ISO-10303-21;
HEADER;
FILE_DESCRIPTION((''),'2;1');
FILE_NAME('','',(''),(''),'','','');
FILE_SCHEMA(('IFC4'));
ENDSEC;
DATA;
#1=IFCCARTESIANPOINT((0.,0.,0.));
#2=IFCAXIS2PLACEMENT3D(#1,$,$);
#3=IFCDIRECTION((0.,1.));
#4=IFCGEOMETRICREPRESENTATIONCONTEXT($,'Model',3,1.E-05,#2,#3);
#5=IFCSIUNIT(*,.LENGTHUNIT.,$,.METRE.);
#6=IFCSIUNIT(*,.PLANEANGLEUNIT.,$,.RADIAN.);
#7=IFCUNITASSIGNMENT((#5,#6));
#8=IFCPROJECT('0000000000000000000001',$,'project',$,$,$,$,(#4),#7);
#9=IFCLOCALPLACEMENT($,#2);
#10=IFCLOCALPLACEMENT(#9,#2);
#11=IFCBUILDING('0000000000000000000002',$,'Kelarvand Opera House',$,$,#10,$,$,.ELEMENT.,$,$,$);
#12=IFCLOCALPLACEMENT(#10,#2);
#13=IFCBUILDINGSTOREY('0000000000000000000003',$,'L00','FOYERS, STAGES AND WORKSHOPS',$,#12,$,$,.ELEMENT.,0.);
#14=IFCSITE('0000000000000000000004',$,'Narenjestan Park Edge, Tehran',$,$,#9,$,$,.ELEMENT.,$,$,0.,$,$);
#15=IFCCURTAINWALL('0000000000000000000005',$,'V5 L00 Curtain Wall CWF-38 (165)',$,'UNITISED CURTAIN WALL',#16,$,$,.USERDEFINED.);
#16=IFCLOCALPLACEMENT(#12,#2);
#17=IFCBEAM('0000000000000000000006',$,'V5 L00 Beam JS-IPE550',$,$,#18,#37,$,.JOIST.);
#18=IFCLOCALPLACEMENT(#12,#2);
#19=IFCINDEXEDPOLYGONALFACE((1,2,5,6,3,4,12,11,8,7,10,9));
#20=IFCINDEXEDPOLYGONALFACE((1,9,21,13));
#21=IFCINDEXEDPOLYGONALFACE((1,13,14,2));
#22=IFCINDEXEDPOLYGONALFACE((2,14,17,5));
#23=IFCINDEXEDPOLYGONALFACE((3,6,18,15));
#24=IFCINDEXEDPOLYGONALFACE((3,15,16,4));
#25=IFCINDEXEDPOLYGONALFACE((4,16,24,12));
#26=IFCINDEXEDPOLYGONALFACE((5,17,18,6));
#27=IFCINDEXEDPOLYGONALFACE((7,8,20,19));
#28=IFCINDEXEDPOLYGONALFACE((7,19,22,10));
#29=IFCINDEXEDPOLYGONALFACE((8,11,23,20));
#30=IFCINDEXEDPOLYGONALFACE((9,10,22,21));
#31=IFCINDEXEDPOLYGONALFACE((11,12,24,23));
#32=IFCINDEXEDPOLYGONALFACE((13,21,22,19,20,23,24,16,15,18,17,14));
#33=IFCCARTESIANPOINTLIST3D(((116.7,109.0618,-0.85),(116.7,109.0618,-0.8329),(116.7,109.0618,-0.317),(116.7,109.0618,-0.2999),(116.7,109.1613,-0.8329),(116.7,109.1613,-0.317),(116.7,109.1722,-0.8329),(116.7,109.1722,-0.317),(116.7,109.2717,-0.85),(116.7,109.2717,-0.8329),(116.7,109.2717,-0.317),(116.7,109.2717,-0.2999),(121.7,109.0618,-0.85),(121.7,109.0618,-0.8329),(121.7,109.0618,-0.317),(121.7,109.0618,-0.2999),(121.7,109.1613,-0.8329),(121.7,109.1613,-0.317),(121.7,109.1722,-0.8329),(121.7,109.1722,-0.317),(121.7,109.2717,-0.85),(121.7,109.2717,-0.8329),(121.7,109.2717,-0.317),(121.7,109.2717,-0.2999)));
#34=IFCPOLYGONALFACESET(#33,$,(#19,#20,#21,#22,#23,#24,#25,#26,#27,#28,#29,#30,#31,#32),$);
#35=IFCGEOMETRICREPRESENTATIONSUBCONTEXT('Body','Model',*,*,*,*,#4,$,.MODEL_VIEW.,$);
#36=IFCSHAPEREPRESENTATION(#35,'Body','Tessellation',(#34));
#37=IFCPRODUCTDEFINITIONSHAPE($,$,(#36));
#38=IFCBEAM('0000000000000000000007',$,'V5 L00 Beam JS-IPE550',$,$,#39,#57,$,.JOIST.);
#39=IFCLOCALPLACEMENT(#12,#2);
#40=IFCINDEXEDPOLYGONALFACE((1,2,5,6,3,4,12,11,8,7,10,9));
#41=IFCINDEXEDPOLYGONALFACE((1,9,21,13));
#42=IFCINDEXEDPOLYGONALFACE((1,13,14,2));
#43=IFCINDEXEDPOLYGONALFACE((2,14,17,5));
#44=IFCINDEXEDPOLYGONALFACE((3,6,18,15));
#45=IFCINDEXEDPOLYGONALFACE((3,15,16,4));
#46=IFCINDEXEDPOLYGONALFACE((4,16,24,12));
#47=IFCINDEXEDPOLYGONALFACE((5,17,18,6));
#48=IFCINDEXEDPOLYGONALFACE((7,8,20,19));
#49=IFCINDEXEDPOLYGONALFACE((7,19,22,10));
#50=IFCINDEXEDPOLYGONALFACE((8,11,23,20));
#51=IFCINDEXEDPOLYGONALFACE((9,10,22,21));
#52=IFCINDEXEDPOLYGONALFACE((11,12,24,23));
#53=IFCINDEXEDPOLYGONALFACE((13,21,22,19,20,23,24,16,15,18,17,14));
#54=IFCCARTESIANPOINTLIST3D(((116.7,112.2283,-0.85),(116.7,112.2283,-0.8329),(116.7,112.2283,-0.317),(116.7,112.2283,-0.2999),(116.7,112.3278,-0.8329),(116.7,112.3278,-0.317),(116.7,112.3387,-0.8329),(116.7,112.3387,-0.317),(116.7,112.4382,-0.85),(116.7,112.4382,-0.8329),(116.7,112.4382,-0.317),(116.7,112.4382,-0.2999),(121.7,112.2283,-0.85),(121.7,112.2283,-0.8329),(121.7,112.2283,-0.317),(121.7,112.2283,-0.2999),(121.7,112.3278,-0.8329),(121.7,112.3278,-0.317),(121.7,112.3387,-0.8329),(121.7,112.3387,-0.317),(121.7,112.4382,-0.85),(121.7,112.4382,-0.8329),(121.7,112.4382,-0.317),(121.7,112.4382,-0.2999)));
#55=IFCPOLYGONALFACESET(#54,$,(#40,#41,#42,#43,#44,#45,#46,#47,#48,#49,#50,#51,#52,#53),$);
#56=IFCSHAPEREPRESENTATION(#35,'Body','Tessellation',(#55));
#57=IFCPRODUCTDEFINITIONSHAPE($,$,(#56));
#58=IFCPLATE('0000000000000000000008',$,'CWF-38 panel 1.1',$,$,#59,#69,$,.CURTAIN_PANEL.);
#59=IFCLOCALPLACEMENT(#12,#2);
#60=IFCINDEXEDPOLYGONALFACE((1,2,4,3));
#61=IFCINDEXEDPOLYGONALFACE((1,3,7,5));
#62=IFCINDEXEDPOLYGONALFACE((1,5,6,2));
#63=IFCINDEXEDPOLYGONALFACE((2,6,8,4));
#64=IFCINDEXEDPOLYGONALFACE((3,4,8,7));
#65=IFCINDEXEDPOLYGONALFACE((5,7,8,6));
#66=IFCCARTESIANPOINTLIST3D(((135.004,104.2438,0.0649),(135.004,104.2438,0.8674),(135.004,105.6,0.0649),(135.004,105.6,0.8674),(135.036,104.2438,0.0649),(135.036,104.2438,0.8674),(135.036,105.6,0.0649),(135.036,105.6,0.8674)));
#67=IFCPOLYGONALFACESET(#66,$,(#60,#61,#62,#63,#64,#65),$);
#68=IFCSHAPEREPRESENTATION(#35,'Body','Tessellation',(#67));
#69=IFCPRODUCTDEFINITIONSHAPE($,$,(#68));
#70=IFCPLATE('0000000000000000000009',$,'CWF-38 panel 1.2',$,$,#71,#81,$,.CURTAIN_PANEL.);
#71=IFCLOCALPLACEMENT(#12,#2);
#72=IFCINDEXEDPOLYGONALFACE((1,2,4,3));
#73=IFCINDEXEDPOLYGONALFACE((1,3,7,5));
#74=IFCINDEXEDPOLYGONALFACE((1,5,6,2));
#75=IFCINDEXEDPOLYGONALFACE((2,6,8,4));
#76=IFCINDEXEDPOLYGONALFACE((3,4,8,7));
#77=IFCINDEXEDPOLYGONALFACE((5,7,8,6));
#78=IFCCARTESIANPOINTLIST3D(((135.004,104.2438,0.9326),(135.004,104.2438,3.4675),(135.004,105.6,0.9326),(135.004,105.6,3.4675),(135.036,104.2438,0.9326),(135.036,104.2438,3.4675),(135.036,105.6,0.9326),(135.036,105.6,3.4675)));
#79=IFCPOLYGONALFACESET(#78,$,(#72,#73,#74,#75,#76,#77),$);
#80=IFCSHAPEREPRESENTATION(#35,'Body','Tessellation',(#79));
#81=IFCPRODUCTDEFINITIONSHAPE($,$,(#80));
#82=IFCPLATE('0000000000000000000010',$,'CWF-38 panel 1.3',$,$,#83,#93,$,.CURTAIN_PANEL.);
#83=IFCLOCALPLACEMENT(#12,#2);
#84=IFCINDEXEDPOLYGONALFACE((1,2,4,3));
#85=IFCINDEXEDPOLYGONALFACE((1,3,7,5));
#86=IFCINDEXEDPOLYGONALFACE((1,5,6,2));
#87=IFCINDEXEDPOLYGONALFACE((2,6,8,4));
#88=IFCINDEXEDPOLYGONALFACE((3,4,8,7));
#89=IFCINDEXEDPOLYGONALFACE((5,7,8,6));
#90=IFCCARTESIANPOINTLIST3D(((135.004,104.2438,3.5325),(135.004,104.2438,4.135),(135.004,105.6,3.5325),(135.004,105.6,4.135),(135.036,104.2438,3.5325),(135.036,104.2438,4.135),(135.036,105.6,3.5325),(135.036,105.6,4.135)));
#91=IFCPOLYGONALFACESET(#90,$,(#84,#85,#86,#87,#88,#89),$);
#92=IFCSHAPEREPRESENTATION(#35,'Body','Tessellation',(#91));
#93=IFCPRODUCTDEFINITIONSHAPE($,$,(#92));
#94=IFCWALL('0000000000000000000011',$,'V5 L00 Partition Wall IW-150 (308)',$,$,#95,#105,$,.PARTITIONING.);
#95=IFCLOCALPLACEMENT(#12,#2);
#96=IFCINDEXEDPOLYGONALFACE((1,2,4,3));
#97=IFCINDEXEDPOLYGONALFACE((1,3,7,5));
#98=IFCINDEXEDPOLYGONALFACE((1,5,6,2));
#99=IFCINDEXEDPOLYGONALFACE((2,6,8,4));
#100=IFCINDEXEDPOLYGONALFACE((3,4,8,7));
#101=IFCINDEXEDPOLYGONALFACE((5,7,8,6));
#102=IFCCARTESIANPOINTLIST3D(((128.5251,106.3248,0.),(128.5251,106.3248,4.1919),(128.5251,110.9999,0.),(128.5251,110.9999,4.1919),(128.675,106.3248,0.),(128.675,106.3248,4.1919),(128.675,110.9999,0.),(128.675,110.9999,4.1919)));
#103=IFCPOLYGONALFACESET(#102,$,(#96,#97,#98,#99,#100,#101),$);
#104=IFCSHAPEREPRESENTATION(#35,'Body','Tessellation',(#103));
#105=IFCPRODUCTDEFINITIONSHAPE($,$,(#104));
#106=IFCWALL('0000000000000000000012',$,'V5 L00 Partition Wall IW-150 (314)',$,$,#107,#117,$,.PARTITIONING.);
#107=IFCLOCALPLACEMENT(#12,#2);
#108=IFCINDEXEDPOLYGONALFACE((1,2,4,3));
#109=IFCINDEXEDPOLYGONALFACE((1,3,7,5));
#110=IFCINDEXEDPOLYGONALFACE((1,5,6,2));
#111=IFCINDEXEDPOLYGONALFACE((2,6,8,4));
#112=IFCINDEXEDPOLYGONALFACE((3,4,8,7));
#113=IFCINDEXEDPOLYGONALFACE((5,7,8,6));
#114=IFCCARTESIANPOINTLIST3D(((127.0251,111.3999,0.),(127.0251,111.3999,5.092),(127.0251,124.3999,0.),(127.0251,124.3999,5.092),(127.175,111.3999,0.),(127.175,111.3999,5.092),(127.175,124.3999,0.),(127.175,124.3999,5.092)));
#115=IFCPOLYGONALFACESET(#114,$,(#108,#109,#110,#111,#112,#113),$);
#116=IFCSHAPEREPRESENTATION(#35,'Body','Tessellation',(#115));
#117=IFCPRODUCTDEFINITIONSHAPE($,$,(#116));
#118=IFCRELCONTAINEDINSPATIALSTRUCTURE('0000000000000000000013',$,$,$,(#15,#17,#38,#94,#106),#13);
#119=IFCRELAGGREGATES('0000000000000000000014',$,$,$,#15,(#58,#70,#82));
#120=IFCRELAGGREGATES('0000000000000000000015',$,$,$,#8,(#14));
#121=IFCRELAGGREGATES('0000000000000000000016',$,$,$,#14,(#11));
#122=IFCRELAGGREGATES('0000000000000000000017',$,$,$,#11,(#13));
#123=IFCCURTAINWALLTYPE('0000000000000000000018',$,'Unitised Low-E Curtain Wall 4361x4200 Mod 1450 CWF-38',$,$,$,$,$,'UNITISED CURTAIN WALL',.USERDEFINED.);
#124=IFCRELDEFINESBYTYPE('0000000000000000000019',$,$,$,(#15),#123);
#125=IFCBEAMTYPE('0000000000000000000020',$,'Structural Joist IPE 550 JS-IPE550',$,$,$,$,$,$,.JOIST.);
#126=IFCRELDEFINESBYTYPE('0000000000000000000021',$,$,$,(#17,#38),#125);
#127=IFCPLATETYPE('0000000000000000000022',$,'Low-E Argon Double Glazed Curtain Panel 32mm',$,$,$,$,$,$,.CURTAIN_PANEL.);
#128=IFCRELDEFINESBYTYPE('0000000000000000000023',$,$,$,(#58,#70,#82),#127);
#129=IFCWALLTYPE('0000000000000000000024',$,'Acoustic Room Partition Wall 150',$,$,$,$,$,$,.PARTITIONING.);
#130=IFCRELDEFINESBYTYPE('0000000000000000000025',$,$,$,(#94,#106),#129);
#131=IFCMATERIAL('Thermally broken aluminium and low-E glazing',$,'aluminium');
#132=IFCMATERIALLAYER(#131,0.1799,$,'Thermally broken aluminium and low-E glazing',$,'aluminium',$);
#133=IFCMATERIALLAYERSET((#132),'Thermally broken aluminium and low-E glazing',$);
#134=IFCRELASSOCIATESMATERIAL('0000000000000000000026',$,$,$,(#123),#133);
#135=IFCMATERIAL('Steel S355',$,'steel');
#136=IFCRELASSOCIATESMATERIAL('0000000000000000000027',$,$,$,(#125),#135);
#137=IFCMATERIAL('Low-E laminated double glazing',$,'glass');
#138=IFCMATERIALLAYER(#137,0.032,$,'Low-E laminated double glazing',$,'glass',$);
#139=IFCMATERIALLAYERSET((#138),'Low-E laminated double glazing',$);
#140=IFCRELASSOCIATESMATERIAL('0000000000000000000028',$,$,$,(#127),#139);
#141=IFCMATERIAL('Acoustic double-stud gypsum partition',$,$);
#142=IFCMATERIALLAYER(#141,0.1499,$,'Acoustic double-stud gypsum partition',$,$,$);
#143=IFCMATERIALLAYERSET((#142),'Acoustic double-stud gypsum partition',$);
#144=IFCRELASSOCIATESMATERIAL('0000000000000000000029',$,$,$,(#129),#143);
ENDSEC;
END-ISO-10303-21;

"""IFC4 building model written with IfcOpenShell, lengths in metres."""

from ifc_helpers import new_model, si_unit, direction, frame, frame_2d, origin, origin_2d, place, context, subcontext, project, spatial, rectangle, i_section, extrude, material, layer, layer_set, material_profile, profile_set, type_object, element, aggregate, save


model = new_model("IFC4")

# Units and contexts
model_context = context("Model", 3, precision=1e-05, world=origin(), true_north=direction((0.0, 1.0)))
body_context = subcontext(model_context, "Body", "Model", "MODEL_VIEW")
ifc_project = project(units=[si_unit("LENGTHUNIT", "METRE"), si_unit("PLANEANGLEUNIT", "RADIAN")], contexts=[model_context])

# Site, building, storey
site_placement = place(None, origin())
site = spatial("IfcSite", under=ifc_project, at=site_placement, Name="Narenjestan Park Edge, Tehran", CompositionType="ELEMENT", RefElevation=0.0)
building_placement = place(site_placement, origin())
building = spatial("IfcBuilding", under=site, at=building_placement, Name="Kelarvand Opera House", CompositionType="ELEMENT")
storey_placement = place(building_placement, origin())
storey = spatial("IfcBuildingStorey", under=building, at=storey_placement, Name="L00", Description="FOYERS, STAGES AND WORKSHOPS", CompositionType="ELEMENT", Elevation=0.0)

# Curtain wall
ifc_material_1 = material(Name="Thermally broken aluminium and low-E glazing", Category="aluminium")
ifc_layer_1 = layer(ifc_material_1, 0.1799, Name="Thermally broken aluminium and low-E glazing", Category="aluminium")
ifc_layer_set_1 = layer_set([ifc_layer_1], Name="Thermally broken aluminium and low-E glazing")
curtain_wall_type = type_object("IfcCurtainWallType", Name="Unitised Low-E Curtain Wall 4361x4200 Mod 1450 CWF-38", ElementType="UNITISED CURTAIN WALL", PredefinedType="USERDEFINED", material=ifc_layer_set_1)
curtain_wall_placement = place(storey_placement, origin())
curtain_wall = element("IfcCurtainWall", 1, at=curtain_wall_placement, inside=storey, type_object=curtain_wall_type, Name="V5 L00 Curtain Wall CWF-38 (165)", ObjectType="UNITISED CURTAIN WALL", PredefinedType="USERDEFINED")

# Beams
ifc_material_2 = material(Name="Steel S355", Category="steel")
ifc_material_profile_1 = material_profile(ifc_material_2, i_section(OverallWidth=0.21, OverallDepth=0.55, WebThickness=0.011, FlangeThickness=0.0171, at=origin_2d()), Name="IPE 550", Category="steel")
ifc_profile_set_1 = profile_set([ifc_material_profile_1], Name="Steel S355")
beam_type_1 = type_object("IfcBeamType", Name="Structural Joist IPE 550 JS-IPE550", PredefinedType="JOIST", material=ifc_profile_set_1)
for number, where, z_axis, x_axis, name in (
    (2, (116.7, 109.1667, -0.575), (1.0, 0.0, 0.0), (0.0, 1.0, 0.0), "V5 L00 Beam JS-IPE550"),
    (3, (116.7, 112.3333, -0.575), (1.0, 0.0, 0.0), (0.0, 1.0, 0.0), "V5 L00 Beam JS-IPE550"),
):
    element("IfcBeam", number, at=place(storey_placement, frame(where, z_axis=z_axis, x_axis=x_axis)), inside=storey, type_object=beam_type_1, Name=name, PredefinedType="JOIST", context=body_context, shape_type="SweptSolid", body=[
        extrude(i_section(OverallWidth=0.21, OverallDepth=0.55, WebThickness=0.011, FlangeThickness=0.0171, at=origin_2d()), origin(), (0.0, 0.0, 1.0), 5.0),
    ])

# Plates
ifc_material_3 = material(Name="Low-E laminated double glazing", Category="glass")
ifc_layer_2 = layer(ifc_material_3, 0.032, Name="Low-E laminated double glazing", Category="glass")
ifc_layer_set_2 = layer_set([ifc_layer_2], Name="Low-E laminated double glazing")
plate_type = type_object("IfcPlateType", Name="Low-E Argon Double Glazed Curtain Panel 32mm", PredefinedType="CURTAIN_PANEL", material=ifc_layer_set_2)
plate_1_placement = place(storey_placement, frame((135.02, 104.9219, 0.0649), z_axis=(0.0, 0.0, 1.0), x_axis=(0.0, -1.0, 0.0)))
plate_1 = element("IfcPlate", 4, at=plate_1_placement, type_object=plate_type, Name="CWF-38 panel 1.1", PredefinedType="CURTAIN_PANEL", context=body_context, shape_type="SweptSolid", body=[
    extrude(rectangle(XDim=1.3562, YDim=0.032, at=origin_2d()), origin(), (0.0, 0.0, 1.0), 0.8025),
])
plate_2_placement = place(storey_placement, frame((135.02, 104.9219, 0.9326), z_axis=(0.0, 0.0, 1.0), x_axis=(0.0, -1.0, 0.0)))
plate_2 = element("IfcPlate", 5, at=plate_2_placement, type_object=plate_type, Name="CWF-38 panel 1.2", PredefinedType="CURTAIN_PANEL", context=body_context, shape_type="SweptSolid", body=[
    extrude(rectangle(XDim=1.3562, YDim=0.032, at=origin_2d()), origin(), (0.0, 0.0, 1.0), 2.5349),
])
plate_3_placement = place(storey_placement, frame((135.02, 104.9219, 3.5325), z_axis=(0.0, 0.0, 1.0), x_axis=(0.0, -1.0, 0.0)))
plate_3 = element("IfcPlate", 6, at=plate_3_placement, type_object=plate_type, Name="CWF-38 panel 1.3", PredefinedType="CURTAIN_PANEL", context=body_context, shape_type="SweptSolid", body=[
    extrude(rectangle(XDim=1.3562, YDim=0.032, at=origin_2d()), origin(), (0.0, 0.0, 1.0), 0.6025),
])
aggregate(curtain_wall, [plate_1, plate_2, plate_3])

# Walls
ifc_material_4 = material(Name="Acoustic double-stud gypsum partition")
ifc_layer_3 = layer(ifc_material_4, 0.1499, Name="Acoustic double-stud gypsum partition")
ifc_layer_set_3 = layer_set([ifc_layer_3], Name="Acoustic double-stud gypsum partition")
wall_type = type_object("IfcWallType", Name="Acoustic Room Partition Wall 150", PredefinedType="PARTITIONING", material=ifc_layer_set_3)
wall_1_placement = place(storey_placement, frame((128.6001, 106.325, 0.0), z_axis=(0.0, 0.0, 1.0), x_axis=(0.0, 1.0, 0.0)))
element("IfcWall", 7, at=wall_1_placement, inside=storey, type_object=wall_type, Name="V5 L00 Partition Wall IW-150 (308)", PredefinedType="PARTITIONING", context=body_context, shape_type="SweptSolid", body=[
    extrude(rectangle(XDim=4.675, YDim=0.1499, at=frame_2d((2.3374, 0.0))), origin(), (0.0, 0.0, 1.0), 4.1919),
])
wall_2_placement = place(storey_placement, frame((127.1001, 111.3999, 0.0), z_axis=(0.0, 0.0, 1.0), x_axis=(0.0, 1.0, 0.0)))
element("IfcWall", 8, at=wall_2_placement, inside=storey, type_object=wall_type, Name="V5 L00 Partition Wall IW-150 (314)", PredefinedType="PARTITIONING", context=body_context, shape_type="SweptSolid", body=[
    extrude(rectangle(XDim=13.0, YDim=0.1499, at=frame_2d((6.5, 0.0))), origin(), (0.0, 0.0, 1.0), 5.092),
])

save(model, "model.ifc")
